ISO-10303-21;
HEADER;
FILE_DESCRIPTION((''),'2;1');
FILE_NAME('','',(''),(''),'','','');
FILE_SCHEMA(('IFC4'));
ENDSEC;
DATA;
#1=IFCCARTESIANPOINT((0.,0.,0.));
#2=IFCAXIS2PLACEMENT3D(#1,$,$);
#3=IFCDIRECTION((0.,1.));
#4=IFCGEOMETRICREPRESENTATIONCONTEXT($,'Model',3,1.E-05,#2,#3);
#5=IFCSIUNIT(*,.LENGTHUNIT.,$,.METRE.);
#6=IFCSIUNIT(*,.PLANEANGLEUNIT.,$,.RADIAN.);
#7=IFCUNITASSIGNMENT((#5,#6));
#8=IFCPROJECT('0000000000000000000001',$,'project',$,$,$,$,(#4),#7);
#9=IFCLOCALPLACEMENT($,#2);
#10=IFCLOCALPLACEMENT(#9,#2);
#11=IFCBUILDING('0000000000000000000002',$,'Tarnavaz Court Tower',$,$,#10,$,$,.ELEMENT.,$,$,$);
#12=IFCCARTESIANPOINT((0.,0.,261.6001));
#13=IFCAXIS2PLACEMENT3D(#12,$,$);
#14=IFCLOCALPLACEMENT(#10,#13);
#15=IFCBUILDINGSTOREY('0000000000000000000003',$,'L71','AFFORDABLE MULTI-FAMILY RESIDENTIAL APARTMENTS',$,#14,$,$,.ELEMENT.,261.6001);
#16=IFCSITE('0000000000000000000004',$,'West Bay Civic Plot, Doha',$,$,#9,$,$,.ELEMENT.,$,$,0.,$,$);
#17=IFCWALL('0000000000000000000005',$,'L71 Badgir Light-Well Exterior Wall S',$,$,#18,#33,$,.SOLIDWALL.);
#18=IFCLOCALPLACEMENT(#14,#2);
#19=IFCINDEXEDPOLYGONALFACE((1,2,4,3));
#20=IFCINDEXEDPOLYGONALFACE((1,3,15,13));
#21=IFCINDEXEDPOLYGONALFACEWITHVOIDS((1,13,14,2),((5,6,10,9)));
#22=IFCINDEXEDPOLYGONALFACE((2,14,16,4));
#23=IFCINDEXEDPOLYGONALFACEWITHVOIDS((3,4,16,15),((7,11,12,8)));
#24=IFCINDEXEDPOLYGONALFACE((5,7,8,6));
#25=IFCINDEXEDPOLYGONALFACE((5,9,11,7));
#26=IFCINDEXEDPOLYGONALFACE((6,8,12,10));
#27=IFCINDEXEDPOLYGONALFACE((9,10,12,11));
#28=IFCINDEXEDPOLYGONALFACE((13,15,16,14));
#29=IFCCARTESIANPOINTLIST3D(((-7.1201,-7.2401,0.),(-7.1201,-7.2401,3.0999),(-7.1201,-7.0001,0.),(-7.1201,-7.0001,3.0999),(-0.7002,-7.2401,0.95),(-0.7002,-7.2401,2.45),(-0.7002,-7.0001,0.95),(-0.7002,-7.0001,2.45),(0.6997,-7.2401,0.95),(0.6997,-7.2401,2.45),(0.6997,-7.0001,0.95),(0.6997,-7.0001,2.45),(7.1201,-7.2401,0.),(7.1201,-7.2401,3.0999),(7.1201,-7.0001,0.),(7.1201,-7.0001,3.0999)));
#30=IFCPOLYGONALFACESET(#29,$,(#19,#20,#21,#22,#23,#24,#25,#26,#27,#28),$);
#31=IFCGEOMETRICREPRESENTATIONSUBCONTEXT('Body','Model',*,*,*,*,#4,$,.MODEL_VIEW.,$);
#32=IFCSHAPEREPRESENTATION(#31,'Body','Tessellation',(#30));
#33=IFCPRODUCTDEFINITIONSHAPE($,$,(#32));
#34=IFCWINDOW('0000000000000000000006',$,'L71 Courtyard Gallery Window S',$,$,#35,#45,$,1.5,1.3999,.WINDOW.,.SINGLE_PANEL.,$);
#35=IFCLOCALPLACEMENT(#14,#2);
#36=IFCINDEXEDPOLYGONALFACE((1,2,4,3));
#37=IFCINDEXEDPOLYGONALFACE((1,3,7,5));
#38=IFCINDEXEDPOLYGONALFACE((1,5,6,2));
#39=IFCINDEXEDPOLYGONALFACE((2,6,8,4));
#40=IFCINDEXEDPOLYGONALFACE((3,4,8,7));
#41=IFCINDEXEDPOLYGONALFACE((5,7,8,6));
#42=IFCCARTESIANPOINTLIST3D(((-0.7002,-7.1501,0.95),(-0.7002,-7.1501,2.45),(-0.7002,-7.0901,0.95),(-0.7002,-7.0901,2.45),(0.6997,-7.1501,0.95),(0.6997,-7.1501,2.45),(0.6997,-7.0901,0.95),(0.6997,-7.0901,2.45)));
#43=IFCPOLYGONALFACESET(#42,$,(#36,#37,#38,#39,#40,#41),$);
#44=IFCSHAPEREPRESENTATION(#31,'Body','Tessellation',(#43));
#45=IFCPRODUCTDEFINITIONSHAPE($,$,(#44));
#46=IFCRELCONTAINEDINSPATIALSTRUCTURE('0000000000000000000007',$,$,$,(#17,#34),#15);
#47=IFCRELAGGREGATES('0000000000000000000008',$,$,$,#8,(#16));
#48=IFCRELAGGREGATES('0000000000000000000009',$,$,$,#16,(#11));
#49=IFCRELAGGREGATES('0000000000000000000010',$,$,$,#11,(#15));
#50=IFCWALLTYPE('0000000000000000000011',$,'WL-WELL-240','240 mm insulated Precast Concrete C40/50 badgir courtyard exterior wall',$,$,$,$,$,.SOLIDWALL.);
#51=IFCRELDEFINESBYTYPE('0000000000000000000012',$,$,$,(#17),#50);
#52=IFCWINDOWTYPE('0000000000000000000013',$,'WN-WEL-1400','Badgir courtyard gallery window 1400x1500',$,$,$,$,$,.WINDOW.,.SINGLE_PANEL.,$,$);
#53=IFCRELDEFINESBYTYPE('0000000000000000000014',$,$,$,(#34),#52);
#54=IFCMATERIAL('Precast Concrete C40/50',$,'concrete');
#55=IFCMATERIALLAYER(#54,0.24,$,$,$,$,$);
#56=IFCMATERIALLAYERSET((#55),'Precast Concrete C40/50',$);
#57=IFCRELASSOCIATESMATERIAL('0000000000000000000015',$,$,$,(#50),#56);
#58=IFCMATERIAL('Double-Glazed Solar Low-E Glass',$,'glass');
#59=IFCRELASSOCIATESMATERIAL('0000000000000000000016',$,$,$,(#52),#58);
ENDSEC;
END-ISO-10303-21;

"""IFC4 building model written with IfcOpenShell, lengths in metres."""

from ifc_helpers import new_model, si_unit, direction, frame, frame_2d, origin, place, context, subcontext, project, spatial, rectangle, extrude, material, layer, layer_set, type_object, element, fill, save


model = new_model("IFC4")

# Units and contexts
model_context = context("Model", 3, precision=1e-05, world=origin(), true_north=direction((0.0, 1.0)))
body_context = subcontext(model_context, "Body", "Model", "MODEL_VIEW")
ifc_project = project(units=[si_unit("LENGTHUNIT", "METRE"), si_unit("PLANEANGLEUNIT", "RADIAN")], contexts=[model_context])

# Site, building, storey
site_placement = place(None, origin())
site = spatial("IfcSite", under=ifc_project, at=site_placement, Name="West Bay Civic Plot, Doha", CompositionType="ELEMENT", RefElevation=0.0)
building_placement = place(site_placement, origin())
building = spatial("IfcBuilding", under=site, at=building_placement, Name="Tarnavaz Court Tower", CompositionType="ELEMENT")
storey_placement = place(building_placement, frame((0.0, 0.0, 261.6001)))
storey = spatial("IfcBuildingStorey", under=building, at=storey_placement, Name="L71", Description="AFFORDABLE MULTI-FAMILY RESIDENTIAL APARTMENTS", CompositionType="ELEMENT", Elevation=261.6001)

# Wall, opening, window
ifc_material_1 = material(Name="Precast Concrete C40/50", Category="concrete")
ifc_layer_1 = layer(ifc_material_1, 0.24)
ifc_layer_set_1 = layer_set([ifc_layer_1], Name="Precast Concrete C40/50")
wall_type_1 = type_object("IfcWallType", Name="WL-WELL-240", Description="240 mm insulated Precast Concrete C40/50 badgir courtyard exterior wall", PredefinedType="SOLIDWALL", material=ifc_layer_set_1)
wall_1_placement = place(storey_placement, frame((-7.1201, -7.1201, 0.0), z_axis=(0.0, 0.0, 1.0), x_axis=(1.0, 0.0, 0.0)))
wall_1 = element("IfcWall", 1, at=wall_1_placement, inside=storey, type_object=wall_type_1, Name="L71 Badgir Light-Well Exterior Wall S", PredefinedType="SOLIDWALL", context=body_context, shape_type="SweptSolid", body=[
    extrude(rectangle(XDim=14.2402, YDim=0.24, at=frame_2d((7.1201, 0.0))), origin(), (0.0, 0.0, 1.0), 3.0999),
])
opening_1_placement = place(wall_1_placement, frame((6.4199, 0.0, 0.95)))
opening_1 = element("IfcOpeningElement", 2, at=opening_1_placement, cuts=wall_1, PredefinedType="OPENING", context=body_context, shape_type="SweptSolid", body=[
    extrude(rectangle(XDim=1.3999, YDim=1.5, at=frame_2d((0.7, 0.75))), frame((0.0, 0.1299, 0.0), z_axis=(0.0, -1.0, 0.0), x_axis=(1.0, 0.0, 0.0)), (0.0, 0.0, 1.0), 0.26),
])
ifc_material_2 = material(Name="Double-Glazed Solar Low-E Glass", Category="glass")
window_type = type_object("IfcWindowType", Name="WN-WEL-1400", Description="Badgir courtyard gallery window 1400x1500", PartitioningType="SINGLE_PANEL", PredefinedType="WINDOW", material=ifc_material_2)
window_placement = place(opening_1_placement, origin())
window = element("IfcWindow", 3, at=window_placement, inside=storey, type_object=window_type, Name="L71 Courtyard Gallery Window S", OverallHeight=1.5, OverallWidth=1.3999, PartitioningType="SINGLE_PANEL", PredefinedType="WINDOW", context=body_context, shape_type="SweptSolid", body=[
    extrude(rectangle(XDim=1.3999, YDim=1.5, at=frame_2d((0.7, 0.75))), frame((0.0, 0.03, 0.0), z_axis=(0.0, -1.0, 0.0), x_axis=(1.0, 0.0, 0.0)), (0.0, 0.0, 1.0), 0.0601),
])
fill(opening_1, window)

save(model, "model.ifc")
